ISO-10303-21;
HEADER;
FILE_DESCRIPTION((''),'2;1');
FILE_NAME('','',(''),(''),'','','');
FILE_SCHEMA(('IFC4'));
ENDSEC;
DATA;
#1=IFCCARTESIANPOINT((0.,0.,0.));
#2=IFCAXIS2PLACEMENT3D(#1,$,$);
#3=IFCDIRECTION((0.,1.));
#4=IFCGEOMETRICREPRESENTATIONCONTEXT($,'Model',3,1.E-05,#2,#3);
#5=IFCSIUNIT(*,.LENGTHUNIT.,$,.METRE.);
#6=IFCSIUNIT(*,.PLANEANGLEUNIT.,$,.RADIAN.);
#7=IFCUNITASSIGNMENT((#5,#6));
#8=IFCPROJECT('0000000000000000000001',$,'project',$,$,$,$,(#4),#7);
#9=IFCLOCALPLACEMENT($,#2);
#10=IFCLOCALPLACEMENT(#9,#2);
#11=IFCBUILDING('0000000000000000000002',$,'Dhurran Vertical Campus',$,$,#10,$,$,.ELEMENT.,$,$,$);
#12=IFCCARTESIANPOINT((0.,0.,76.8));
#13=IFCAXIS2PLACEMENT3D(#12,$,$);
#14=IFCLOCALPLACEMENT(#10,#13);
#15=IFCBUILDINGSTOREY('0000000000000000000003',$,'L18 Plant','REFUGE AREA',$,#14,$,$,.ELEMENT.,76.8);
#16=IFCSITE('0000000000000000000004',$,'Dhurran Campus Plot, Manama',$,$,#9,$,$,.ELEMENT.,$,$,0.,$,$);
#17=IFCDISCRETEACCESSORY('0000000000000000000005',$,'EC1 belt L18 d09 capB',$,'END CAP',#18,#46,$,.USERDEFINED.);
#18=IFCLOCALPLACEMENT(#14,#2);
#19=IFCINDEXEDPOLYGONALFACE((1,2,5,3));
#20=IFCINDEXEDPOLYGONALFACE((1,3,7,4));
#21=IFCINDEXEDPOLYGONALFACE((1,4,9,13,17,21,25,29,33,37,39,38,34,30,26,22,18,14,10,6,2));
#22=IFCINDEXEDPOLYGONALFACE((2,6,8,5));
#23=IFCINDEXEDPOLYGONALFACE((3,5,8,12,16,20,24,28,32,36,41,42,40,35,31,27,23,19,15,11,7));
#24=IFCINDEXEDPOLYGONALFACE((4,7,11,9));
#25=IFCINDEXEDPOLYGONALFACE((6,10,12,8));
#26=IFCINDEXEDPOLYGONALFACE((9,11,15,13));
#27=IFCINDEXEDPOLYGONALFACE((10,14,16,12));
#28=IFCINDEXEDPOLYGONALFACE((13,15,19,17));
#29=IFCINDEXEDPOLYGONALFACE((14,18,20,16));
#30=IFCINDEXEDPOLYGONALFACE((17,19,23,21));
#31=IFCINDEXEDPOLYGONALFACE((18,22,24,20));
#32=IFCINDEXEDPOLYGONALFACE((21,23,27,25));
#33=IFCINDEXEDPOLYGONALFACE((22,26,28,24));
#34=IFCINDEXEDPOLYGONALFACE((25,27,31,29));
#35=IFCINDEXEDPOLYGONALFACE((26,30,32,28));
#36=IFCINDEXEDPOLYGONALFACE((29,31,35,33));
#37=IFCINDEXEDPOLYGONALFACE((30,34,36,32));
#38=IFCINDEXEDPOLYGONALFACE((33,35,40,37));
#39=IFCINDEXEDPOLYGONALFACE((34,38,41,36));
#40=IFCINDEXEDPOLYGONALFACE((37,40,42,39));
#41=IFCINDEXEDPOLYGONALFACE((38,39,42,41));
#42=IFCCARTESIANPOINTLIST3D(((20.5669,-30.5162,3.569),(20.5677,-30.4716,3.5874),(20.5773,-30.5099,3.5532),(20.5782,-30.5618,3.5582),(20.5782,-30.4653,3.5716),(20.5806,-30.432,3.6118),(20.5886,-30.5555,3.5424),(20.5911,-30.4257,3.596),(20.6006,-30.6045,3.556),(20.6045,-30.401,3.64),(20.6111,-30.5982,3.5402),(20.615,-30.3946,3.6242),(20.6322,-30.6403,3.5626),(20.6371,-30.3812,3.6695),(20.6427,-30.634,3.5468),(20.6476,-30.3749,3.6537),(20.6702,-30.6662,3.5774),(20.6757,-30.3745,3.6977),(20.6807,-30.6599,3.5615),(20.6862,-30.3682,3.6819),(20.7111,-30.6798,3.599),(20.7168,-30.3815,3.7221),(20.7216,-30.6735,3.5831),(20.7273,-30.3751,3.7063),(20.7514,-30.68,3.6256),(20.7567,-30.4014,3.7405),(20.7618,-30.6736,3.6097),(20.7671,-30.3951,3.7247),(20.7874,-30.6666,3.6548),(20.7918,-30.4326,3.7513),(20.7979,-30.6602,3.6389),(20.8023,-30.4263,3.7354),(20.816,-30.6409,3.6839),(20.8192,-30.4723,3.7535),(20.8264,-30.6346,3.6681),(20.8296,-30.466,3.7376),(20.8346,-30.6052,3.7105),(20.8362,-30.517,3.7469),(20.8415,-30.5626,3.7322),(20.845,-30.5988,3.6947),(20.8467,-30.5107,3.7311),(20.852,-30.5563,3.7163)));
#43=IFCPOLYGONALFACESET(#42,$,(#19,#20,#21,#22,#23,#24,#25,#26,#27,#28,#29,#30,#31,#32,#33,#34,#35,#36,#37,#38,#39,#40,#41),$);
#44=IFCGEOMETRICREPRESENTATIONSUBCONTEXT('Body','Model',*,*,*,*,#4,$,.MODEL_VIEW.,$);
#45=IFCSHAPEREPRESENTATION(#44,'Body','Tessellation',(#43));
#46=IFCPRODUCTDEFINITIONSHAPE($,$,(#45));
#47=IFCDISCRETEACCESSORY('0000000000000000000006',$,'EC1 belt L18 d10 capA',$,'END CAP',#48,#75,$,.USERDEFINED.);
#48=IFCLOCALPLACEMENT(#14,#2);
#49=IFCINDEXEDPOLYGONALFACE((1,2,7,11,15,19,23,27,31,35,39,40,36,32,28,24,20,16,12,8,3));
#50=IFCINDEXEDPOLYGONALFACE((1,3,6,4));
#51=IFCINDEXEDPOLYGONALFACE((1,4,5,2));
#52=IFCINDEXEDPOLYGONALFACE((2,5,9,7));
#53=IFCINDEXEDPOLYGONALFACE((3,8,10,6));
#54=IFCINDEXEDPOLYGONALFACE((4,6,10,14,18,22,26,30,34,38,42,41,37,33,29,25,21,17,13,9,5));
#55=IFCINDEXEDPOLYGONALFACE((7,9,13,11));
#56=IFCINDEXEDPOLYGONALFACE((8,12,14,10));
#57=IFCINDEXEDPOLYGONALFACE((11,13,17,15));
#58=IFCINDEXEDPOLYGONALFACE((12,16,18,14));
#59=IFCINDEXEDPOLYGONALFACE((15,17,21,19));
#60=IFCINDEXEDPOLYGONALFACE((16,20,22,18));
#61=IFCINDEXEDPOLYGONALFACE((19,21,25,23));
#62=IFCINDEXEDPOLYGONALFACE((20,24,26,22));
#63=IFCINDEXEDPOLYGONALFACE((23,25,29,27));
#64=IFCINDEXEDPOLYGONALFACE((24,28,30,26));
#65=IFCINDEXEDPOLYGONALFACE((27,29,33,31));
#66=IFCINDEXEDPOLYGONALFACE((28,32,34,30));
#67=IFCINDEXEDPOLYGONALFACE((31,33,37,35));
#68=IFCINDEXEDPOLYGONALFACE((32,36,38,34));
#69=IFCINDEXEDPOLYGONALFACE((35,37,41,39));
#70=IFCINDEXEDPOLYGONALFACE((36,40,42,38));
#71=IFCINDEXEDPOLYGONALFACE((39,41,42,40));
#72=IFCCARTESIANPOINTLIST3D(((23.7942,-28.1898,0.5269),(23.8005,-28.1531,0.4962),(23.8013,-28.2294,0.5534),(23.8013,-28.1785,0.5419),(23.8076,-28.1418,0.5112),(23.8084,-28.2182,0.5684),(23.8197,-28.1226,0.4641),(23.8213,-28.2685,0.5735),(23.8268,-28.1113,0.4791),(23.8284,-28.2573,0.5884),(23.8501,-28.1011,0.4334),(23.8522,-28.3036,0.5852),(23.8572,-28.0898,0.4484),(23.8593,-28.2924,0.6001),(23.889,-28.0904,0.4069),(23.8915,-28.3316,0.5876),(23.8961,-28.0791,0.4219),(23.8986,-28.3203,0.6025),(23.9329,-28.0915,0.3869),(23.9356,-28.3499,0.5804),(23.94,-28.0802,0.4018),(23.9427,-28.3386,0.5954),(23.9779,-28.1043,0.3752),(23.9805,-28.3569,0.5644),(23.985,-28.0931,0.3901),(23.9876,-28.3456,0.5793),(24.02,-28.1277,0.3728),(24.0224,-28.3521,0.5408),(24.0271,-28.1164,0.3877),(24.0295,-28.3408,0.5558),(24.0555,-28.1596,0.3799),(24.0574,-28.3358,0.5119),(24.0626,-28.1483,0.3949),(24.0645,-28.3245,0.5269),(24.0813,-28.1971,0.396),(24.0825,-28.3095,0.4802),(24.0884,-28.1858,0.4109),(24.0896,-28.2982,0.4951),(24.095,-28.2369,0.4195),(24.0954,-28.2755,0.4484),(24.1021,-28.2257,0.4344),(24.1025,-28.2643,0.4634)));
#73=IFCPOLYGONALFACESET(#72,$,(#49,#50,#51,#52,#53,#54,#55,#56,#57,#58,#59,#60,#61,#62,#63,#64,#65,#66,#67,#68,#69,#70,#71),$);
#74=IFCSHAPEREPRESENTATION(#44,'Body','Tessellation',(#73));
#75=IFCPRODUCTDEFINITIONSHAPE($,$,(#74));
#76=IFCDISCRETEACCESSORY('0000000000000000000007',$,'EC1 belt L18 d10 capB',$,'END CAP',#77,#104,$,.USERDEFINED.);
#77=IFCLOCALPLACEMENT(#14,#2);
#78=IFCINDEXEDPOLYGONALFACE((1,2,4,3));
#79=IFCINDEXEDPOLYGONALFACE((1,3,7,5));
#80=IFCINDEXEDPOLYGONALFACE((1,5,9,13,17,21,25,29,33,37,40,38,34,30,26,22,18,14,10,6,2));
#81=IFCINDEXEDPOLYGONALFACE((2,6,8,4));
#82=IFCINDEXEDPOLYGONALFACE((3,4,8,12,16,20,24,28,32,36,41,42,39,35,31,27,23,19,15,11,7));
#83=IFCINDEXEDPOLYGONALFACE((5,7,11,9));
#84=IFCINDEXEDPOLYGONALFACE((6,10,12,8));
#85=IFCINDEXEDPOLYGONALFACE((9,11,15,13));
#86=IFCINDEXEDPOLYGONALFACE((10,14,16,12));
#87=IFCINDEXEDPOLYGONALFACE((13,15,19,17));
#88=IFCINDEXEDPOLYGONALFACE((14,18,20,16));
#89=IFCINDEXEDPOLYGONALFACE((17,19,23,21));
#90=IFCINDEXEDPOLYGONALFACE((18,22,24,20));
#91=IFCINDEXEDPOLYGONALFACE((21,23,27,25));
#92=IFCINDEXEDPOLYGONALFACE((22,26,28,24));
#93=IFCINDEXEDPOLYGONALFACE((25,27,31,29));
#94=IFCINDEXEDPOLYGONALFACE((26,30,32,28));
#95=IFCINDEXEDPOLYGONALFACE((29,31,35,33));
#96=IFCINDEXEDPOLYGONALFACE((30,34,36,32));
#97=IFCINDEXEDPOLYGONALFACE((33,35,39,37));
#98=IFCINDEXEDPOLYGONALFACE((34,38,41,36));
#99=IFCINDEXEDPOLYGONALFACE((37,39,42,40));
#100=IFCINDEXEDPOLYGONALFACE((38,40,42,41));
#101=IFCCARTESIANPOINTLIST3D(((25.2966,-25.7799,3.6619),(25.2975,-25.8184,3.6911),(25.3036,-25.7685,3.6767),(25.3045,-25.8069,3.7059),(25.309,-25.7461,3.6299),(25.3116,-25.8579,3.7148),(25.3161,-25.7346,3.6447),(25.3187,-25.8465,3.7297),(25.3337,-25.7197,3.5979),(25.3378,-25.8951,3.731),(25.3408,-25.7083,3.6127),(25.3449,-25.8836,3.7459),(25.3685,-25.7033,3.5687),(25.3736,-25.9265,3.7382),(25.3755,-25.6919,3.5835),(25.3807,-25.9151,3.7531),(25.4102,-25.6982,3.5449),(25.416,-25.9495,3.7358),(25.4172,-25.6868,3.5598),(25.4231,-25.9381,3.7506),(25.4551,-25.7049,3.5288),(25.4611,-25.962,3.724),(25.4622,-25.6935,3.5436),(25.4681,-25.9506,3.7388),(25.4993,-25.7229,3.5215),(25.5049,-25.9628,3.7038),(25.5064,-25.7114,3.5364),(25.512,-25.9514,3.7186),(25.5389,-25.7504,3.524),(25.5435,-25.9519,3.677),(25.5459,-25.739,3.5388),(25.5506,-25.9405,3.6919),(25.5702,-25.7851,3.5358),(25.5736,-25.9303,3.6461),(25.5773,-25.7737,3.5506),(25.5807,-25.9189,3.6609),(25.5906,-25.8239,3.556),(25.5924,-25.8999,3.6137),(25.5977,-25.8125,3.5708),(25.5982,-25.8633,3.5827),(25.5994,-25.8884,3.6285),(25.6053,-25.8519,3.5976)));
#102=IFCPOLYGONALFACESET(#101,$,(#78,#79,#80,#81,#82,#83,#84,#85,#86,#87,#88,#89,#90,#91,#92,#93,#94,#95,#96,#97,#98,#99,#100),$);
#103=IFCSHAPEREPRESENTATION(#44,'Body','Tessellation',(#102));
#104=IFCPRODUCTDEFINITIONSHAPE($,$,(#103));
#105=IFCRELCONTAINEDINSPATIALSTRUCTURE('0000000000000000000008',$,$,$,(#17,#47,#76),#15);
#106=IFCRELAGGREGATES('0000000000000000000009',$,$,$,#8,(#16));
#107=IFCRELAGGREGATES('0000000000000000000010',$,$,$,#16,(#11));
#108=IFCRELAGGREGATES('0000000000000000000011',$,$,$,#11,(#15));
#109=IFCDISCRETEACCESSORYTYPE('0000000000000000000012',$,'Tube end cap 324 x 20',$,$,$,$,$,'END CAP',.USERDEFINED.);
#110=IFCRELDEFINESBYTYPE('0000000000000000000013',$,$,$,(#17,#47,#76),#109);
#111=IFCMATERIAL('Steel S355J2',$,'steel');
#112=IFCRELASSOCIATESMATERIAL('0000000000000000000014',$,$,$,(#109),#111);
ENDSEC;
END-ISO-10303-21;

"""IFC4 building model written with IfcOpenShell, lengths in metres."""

from ifc_helpers import new_model, si_unit, direction, frame, origin, origin_2d, place, context, subcontext, project, spatial, circle, extrude, material, material_profile, profile_set, type_object, element, save


model = new_model("IFC4")

# Units and contexts
model_context = context("Model", 3, precision=1e-05, world=origin(), true_north=direction((0.0, 1.0)))
body_context = subcontext(model_context, "Body", "Model", "MODEL_VIEW")
ifc_project = project(units=[si_unit("LENGTHUNIT", "METRE"), si_unit("PLANEANGLEUNIT", "RADIAN")], contexts=[model_context])

# Site, building, storey
site_placement = place(None, origin())
site = spatial("IfcSite", under=ifc_project, at=site_placement, Name="Dhurran Campus Plot, Manama", CompositionType="ELEMENT", RefElevation=0.0)
building_placement = place(site_placement, origin())
building = spatial("IfcBuilding", under=site, at=building_placement, Name="Dhurran Vertical Campus", CompositionType="ELEMENT")
storey_placement = place(building_placement, frame((0.0, 0.0, 76.8)))
storey = spatial("IfcBuildingStorey", under=building, at=storey_placement, Name="L18 Plant", Description="REFUGE AREA", CompositionType="ELEMENT", Elevation=76.8)

# Discrete accessories
ifc_material_1 = material(Name="Steel S355J2", Category="steel")
ifc_material_profile_1 = material_profile(ifc_material_1, circle(Radius=0.1619, at=origin_2d()), Name="Tube end cap 324 x 20")
ifc_profile_set_1 = profile_set([ifc_material_profile_1], Name="Steel S355J2")
discrete_accessory_type = type_object("IfcDiscreteAccessoryType", Name="Tube end cap 324 x 20", ElementType="END CAP", PredefinedType="USERDEFINED", material=ifc_profile_set_1)
for number, where, z_axis, x_axis, name in (
    (1, (20.7141, -30.5217, 3.6389), (-0.523379, -0.316462, 0.791155), (0.517419, -0.855732, 0.0), "EC1 belt L18 d09 capB"),
    (2, (23.9526, -28.2119, 0.4951), (-0.354874, -0.562904, -0.74646), (0.845926, -0.533301, 0.0), "EC1 belt L18 d10 capA"),
    (3, (25.4468, -25.8311, 3.6299), (0.352429, 0.571178, 0.741316), (-0.851036, 0.525107, 0.0), "EC1 belt L18 d10 capB"),
):
    element("IfcDiscreteAccessory", number, at=place(storey_placement, frame(where, z_axis=z_axis, x_axis=x_axis)), inside=storey, type_object=discrete_accessory_type, Name=name, ObjectType="END CAP", PredefinedType="USERDEFINED", context=body_context, shape_type="SweptSolid", body=[
        extrude(circle(Radius=0.1619, at=origin_2d()), origin(), (0.0, 0.0, 1.0), 0.02),
    ])

save(model, "model.ifc")
